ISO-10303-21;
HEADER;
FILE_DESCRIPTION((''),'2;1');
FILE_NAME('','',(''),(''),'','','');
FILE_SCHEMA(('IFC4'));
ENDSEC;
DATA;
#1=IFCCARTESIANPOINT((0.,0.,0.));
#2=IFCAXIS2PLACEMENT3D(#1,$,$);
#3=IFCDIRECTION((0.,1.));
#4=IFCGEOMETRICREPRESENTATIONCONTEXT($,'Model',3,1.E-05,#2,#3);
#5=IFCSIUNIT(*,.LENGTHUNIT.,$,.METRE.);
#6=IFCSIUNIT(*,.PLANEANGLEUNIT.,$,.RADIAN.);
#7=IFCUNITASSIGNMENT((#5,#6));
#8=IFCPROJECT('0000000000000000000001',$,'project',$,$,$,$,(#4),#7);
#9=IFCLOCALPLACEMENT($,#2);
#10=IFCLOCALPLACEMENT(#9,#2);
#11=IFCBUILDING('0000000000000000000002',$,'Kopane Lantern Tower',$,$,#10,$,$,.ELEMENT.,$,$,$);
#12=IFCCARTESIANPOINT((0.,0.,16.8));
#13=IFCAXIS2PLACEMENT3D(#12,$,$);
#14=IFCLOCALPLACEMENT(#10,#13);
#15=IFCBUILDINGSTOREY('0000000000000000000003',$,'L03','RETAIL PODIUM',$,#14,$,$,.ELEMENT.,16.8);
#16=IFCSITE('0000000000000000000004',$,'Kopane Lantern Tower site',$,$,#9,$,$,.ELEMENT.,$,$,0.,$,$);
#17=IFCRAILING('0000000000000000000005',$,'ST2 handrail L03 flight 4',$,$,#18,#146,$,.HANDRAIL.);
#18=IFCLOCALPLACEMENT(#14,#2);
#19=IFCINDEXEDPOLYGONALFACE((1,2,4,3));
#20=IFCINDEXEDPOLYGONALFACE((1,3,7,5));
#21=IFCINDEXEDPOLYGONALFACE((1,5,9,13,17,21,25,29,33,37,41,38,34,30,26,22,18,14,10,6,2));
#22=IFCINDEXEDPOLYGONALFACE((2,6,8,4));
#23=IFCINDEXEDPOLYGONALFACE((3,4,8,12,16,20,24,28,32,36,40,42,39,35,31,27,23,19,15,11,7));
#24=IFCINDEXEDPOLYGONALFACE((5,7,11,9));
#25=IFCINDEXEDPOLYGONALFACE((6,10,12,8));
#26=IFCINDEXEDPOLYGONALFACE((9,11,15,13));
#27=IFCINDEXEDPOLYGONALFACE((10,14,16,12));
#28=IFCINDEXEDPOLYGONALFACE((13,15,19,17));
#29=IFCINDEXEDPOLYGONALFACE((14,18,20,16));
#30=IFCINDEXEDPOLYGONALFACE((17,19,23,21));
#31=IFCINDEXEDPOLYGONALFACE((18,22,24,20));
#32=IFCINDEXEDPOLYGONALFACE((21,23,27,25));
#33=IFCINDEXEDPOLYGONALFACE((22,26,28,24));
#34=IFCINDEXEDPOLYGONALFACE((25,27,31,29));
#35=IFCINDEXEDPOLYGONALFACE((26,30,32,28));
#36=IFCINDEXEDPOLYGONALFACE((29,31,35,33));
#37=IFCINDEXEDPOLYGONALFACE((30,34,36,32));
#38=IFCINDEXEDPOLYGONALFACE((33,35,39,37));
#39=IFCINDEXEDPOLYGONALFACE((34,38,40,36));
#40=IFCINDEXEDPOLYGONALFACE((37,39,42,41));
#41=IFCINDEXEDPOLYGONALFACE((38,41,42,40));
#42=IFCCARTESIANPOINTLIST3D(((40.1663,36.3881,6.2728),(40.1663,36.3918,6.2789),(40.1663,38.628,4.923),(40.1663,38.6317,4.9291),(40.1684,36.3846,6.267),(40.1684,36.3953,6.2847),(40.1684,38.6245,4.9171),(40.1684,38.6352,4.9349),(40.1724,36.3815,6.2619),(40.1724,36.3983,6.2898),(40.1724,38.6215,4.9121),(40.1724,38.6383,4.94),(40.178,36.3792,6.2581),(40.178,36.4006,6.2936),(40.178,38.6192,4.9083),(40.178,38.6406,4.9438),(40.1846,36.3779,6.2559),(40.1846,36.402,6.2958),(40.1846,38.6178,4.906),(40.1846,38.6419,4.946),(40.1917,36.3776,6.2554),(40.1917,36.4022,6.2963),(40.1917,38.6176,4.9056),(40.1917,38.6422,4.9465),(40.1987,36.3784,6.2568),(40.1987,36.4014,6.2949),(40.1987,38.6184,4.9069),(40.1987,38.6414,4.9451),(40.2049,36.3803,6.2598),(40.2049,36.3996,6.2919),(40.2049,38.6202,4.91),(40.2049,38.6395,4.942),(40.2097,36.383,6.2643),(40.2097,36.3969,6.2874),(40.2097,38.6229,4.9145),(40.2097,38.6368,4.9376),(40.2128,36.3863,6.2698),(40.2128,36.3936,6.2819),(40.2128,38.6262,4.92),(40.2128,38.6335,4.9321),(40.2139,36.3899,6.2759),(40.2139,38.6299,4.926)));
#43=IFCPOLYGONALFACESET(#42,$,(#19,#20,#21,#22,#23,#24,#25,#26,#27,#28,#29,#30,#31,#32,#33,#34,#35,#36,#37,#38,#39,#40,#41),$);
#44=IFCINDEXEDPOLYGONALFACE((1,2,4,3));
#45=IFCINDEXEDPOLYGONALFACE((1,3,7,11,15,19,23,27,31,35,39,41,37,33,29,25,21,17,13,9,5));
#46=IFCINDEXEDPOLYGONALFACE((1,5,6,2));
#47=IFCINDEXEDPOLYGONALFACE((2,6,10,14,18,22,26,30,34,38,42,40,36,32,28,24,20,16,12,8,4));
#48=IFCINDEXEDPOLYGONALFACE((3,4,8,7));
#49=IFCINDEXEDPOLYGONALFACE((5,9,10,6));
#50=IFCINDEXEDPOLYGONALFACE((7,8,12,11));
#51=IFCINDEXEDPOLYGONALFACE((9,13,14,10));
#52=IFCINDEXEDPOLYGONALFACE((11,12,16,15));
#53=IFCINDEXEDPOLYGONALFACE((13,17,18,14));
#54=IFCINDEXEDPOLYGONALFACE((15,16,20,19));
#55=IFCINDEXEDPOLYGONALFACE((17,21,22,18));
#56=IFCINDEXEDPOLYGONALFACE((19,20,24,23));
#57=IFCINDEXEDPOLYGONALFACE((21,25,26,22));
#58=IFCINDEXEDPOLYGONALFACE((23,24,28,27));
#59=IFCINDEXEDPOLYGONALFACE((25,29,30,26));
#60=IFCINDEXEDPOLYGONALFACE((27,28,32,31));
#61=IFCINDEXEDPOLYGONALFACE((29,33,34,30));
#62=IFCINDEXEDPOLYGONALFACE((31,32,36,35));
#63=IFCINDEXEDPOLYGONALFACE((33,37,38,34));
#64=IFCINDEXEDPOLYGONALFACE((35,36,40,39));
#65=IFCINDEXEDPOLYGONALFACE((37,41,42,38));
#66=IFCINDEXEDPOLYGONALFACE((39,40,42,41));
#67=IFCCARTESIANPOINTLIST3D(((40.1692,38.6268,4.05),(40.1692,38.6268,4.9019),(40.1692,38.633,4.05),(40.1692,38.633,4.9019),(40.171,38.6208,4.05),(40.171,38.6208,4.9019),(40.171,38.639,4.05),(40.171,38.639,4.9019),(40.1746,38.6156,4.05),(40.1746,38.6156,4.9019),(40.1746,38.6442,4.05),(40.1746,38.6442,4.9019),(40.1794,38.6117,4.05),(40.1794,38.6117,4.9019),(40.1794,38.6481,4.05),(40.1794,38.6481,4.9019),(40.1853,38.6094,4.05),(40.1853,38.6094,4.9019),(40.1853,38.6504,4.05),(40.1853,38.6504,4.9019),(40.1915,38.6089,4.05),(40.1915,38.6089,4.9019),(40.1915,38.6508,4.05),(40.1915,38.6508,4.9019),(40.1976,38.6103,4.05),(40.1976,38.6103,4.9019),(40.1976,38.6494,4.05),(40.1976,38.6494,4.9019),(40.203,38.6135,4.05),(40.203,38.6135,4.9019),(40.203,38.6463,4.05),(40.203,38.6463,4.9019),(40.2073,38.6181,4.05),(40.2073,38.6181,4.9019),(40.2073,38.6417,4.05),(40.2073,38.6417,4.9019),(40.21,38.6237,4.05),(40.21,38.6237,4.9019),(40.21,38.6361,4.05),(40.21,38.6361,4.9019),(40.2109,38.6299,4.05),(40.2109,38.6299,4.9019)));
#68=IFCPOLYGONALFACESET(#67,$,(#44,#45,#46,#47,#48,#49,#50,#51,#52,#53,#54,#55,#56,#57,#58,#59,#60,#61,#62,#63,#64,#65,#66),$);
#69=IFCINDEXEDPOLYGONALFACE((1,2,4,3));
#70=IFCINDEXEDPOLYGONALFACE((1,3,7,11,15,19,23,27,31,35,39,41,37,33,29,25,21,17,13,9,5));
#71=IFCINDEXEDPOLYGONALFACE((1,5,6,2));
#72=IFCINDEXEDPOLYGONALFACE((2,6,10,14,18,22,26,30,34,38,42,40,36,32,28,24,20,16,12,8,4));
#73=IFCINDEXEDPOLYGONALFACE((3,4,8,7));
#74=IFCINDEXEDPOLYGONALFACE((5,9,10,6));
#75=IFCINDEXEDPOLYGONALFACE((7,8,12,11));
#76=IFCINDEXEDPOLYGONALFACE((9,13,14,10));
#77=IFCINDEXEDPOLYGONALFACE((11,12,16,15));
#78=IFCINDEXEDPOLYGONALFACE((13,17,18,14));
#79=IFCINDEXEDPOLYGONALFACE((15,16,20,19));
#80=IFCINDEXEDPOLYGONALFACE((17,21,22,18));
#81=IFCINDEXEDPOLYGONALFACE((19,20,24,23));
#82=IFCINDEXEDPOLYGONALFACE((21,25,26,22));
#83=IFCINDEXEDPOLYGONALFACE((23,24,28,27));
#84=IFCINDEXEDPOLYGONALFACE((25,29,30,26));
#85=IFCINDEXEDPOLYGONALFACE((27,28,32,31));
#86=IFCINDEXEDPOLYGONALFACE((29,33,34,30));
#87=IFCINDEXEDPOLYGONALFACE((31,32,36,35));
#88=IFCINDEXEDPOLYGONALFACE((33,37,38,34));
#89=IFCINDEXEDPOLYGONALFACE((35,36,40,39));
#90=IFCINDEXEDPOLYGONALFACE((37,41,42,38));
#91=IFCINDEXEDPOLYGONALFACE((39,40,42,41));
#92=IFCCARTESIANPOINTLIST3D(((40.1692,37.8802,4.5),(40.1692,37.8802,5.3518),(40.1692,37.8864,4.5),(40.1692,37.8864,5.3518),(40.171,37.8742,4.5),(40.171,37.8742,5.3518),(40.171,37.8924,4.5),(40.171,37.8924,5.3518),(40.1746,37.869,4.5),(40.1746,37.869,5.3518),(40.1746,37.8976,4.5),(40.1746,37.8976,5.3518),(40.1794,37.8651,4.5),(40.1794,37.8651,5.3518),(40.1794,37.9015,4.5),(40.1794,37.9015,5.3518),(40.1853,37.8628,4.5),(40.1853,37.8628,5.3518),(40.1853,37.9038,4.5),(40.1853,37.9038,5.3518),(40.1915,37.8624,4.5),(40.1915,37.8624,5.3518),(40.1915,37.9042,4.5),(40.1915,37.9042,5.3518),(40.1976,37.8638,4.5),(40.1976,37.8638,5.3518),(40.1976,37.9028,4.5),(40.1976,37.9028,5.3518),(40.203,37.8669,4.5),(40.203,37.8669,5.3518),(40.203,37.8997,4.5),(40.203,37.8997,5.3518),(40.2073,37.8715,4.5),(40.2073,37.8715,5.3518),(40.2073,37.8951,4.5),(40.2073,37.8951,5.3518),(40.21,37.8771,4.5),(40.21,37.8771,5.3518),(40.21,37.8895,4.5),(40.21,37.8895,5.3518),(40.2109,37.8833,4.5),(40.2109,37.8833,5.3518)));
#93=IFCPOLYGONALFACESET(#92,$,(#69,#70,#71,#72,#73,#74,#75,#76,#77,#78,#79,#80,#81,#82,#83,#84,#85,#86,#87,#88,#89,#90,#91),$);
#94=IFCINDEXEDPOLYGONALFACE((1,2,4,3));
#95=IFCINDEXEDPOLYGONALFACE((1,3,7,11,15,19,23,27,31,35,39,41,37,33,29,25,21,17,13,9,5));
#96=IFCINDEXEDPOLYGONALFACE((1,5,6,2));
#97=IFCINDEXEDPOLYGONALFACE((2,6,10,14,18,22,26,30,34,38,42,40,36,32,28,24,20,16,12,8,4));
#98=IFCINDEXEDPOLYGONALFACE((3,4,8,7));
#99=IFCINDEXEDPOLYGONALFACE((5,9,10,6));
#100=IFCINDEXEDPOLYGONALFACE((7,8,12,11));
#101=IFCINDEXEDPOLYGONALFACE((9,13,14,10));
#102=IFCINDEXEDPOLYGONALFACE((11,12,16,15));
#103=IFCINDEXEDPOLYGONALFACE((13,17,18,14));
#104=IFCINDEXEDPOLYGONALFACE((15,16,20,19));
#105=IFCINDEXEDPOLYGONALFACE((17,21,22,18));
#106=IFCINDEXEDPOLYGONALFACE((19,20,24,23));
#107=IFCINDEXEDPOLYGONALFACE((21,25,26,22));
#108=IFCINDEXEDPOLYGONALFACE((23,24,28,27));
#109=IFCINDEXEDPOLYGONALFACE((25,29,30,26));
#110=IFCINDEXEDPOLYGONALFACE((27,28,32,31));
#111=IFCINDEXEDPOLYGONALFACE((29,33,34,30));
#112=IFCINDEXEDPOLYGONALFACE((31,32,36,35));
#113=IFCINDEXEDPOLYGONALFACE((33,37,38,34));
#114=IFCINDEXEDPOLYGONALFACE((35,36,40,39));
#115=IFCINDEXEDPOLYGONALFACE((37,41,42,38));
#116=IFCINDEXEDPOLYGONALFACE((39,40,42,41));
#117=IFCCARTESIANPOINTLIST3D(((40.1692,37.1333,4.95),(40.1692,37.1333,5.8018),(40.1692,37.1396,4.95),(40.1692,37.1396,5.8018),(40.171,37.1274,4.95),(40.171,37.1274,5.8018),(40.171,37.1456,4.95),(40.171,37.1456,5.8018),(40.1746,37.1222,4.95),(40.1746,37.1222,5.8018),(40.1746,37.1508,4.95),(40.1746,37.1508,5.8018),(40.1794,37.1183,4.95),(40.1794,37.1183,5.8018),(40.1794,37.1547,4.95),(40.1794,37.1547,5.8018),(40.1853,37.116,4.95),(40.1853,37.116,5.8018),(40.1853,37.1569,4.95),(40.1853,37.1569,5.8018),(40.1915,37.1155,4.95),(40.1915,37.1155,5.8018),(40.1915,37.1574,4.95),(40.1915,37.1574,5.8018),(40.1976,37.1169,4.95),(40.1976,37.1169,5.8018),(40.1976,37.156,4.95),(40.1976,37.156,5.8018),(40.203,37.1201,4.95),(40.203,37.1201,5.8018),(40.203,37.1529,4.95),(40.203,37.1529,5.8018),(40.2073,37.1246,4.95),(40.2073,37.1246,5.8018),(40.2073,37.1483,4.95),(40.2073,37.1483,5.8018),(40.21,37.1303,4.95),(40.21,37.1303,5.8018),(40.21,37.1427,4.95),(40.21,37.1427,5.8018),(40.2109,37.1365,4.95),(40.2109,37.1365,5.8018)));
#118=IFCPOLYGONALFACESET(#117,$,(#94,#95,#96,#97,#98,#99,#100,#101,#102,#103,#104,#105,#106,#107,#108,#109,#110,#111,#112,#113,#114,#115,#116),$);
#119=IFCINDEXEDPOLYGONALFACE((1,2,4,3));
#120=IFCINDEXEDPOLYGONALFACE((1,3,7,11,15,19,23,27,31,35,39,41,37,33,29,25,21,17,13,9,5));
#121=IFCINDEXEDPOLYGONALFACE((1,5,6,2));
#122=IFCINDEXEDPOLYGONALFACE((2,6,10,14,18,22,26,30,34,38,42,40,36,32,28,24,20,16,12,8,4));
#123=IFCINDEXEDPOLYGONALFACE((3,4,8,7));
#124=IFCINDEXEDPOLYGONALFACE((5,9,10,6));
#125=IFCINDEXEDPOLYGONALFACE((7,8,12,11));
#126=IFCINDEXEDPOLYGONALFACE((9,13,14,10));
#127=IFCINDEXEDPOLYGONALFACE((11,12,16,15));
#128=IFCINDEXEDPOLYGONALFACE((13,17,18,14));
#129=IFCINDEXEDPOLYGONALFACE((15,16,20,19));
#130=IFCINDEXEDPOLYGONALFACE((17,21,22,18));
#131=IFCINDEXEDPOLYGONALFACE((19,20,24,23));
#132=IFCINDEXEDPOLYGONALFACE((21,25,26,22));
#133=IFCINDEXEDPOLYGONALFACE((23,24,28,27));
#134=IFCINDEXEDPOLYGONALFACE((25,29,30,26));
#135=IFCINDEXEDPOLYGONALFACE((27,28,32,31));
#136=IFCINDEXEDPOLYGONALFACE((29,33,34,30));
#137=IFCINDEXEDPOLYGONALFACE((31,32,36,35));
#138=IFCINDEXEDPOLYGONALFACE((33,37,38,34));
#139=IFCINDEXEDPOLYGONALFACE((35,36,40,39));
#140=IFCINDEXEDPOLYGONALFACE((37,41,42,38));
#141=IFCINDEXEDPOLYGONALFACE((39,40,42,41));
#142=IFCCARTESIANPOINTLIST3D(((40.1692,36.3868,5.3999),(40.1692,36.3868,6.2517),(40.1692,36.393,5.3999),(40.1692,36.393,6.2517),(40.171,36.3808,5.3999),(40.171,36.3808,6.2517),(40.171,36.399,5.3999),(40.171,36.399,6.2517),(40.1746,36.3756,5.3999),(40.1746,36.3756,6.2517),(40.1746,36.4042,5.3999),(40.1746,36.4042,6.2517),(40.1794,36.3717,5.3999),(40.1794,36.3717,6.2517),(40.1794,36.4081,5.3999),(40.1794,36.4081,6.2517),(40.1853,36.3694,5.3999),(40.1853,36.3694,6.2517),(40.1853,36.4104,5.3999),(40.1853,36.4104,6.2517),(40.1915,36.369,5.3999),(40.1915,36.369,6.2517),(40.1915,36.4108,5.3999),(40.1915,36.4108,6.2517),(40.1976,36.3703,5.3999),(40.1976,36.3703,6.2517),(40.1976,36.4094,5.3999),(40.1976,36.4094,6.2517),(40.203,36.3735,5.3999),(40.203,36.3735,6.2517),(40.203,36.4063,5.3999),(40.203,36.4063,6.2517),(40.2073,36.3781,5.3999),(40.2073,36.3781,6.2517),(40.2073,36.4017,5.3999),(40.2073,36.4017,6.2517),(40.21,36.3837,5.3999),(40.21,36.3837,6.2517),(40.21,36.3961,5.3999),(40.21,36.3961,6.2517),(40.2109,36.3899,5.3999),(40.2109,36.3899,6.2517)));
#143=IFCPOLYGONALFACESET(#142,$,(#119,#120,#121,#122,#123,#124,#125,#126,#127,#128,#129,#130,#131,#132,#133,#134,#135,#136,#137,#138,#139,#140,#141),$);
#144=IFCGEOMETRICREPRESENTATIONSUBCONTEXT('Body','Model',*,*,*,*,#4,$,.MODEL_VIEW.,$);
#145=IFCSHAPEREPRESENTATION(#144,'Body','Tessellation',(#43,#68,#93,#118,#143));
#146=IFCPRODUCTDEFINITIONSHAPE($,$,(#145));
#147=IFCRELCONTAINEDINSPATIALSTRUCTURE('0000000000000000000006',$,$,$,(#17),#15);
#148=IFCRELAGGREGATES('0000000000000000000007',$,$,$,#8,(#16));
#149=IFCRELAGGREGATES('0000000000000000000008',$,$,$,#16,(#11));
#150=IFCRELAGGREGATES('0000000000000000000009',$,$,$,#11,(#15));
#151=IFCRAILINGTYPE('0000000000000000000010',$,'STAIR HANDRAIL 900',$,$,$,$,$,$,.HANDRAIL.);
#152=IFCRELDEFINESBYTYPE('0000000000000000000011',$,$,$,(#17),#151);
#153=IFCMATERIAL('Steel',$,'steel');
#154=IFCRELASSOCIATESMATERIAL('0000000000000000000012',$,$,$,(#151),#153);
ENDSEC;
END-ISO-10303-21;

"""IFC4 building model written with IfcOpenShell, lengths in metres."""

from ifc_helpers import new_model, si_unit, direction, frame, origin, origin_2d, place, context, subcontext, project, spatial, circle, extrude, material, type_object, element, save


model = new_model("IFC4")

# Units and contexts
model_context = context("Model", 3, precision=1e-05, world=origin(), true_north=direction((0.0, 1.0)))
body_context = subcontext(model_context, "Body", "Model", "MODEL_VIEW")
ifc_project = project(units=[si_unit("LENGTHUNIT", "METRE"), si_unit("PLANEANGLEUNIT", "RADIAN")], contexts=[model_context])

# Site, building, storey
site_placement = place(None, origin())
site = spatial("IfcSite", under=ifc_project, at=site_placement, Name="Kopane Lantern Tower site", CompositionType="ELEMENT", RefElevation=0.0)
building_placement = place(site_placement, origin())
building = spatial("IfcBuilding", under=site, at=building_placement, Name="Kopane Lantern Tower", CompositionType="ELEMENT")
storey_placement = place(building_placement, frame((0.0, 0.0, 16.8)))
storey = spatial("IfcBuildingStorey", under=building, at=storey_placement, Name="L03", Description="RETAIL PODIUM", CompositionType="ELEMENT", Elevation=16.8)

# Railing
ifc_material_1 = material(Name="Steel", Category="steel")
railing_type_1 = type_object("IfcRailingType", Name="STAIR HANDRAIL 900", PredefinedType="HANDRAIL", material=ifc_material_1)
for number, where, name in (
    (1, (40.1899, 38.6299, 4.05), "ST2 handrail L03 flight 4"),
):
    element("IfcRailing", number, at=place(storey_placement, frame(where)), inside=storey, type_object=railing_type_1, Name=name, PredefinedType="HANDRAIL", context=body_context, shape_type="SweptSolid", body=[
        extrude(circle(Radius=0.0239, at=origin_2d()), frame((0.0, 0.0, 0.876), z_axis=(0.0, -0.856503, 0.516142), x_axis=(1.0, 0.0, 0.0)), (0.0, 0.0, 1.0), 2.6152),
        extrude(circle(Radius=0.021, at=origin_2d()), origin(), (0.0, 0.0, 1.0), 0.8518),
        extrude(circle(Radius=0.021, at=origin_2d()), frame((0.0, -0.7466, 0.45)), (0.0, 0.0, 1.0), 0.8518),
        extrude(circle(Radius=0.021, at=origin_2d()), frame((0.0, -1.4934, 0.8999)), (0.0, 0.0, 1.0), 0.8518),
        extrude(circle(Radius=0.021, at=origin_2d()), frame((0.0, -2.24, 1.3499)), (0.0, 0.0, 1.0), 0.8518),
    ])

save(model, "model.ifc")
